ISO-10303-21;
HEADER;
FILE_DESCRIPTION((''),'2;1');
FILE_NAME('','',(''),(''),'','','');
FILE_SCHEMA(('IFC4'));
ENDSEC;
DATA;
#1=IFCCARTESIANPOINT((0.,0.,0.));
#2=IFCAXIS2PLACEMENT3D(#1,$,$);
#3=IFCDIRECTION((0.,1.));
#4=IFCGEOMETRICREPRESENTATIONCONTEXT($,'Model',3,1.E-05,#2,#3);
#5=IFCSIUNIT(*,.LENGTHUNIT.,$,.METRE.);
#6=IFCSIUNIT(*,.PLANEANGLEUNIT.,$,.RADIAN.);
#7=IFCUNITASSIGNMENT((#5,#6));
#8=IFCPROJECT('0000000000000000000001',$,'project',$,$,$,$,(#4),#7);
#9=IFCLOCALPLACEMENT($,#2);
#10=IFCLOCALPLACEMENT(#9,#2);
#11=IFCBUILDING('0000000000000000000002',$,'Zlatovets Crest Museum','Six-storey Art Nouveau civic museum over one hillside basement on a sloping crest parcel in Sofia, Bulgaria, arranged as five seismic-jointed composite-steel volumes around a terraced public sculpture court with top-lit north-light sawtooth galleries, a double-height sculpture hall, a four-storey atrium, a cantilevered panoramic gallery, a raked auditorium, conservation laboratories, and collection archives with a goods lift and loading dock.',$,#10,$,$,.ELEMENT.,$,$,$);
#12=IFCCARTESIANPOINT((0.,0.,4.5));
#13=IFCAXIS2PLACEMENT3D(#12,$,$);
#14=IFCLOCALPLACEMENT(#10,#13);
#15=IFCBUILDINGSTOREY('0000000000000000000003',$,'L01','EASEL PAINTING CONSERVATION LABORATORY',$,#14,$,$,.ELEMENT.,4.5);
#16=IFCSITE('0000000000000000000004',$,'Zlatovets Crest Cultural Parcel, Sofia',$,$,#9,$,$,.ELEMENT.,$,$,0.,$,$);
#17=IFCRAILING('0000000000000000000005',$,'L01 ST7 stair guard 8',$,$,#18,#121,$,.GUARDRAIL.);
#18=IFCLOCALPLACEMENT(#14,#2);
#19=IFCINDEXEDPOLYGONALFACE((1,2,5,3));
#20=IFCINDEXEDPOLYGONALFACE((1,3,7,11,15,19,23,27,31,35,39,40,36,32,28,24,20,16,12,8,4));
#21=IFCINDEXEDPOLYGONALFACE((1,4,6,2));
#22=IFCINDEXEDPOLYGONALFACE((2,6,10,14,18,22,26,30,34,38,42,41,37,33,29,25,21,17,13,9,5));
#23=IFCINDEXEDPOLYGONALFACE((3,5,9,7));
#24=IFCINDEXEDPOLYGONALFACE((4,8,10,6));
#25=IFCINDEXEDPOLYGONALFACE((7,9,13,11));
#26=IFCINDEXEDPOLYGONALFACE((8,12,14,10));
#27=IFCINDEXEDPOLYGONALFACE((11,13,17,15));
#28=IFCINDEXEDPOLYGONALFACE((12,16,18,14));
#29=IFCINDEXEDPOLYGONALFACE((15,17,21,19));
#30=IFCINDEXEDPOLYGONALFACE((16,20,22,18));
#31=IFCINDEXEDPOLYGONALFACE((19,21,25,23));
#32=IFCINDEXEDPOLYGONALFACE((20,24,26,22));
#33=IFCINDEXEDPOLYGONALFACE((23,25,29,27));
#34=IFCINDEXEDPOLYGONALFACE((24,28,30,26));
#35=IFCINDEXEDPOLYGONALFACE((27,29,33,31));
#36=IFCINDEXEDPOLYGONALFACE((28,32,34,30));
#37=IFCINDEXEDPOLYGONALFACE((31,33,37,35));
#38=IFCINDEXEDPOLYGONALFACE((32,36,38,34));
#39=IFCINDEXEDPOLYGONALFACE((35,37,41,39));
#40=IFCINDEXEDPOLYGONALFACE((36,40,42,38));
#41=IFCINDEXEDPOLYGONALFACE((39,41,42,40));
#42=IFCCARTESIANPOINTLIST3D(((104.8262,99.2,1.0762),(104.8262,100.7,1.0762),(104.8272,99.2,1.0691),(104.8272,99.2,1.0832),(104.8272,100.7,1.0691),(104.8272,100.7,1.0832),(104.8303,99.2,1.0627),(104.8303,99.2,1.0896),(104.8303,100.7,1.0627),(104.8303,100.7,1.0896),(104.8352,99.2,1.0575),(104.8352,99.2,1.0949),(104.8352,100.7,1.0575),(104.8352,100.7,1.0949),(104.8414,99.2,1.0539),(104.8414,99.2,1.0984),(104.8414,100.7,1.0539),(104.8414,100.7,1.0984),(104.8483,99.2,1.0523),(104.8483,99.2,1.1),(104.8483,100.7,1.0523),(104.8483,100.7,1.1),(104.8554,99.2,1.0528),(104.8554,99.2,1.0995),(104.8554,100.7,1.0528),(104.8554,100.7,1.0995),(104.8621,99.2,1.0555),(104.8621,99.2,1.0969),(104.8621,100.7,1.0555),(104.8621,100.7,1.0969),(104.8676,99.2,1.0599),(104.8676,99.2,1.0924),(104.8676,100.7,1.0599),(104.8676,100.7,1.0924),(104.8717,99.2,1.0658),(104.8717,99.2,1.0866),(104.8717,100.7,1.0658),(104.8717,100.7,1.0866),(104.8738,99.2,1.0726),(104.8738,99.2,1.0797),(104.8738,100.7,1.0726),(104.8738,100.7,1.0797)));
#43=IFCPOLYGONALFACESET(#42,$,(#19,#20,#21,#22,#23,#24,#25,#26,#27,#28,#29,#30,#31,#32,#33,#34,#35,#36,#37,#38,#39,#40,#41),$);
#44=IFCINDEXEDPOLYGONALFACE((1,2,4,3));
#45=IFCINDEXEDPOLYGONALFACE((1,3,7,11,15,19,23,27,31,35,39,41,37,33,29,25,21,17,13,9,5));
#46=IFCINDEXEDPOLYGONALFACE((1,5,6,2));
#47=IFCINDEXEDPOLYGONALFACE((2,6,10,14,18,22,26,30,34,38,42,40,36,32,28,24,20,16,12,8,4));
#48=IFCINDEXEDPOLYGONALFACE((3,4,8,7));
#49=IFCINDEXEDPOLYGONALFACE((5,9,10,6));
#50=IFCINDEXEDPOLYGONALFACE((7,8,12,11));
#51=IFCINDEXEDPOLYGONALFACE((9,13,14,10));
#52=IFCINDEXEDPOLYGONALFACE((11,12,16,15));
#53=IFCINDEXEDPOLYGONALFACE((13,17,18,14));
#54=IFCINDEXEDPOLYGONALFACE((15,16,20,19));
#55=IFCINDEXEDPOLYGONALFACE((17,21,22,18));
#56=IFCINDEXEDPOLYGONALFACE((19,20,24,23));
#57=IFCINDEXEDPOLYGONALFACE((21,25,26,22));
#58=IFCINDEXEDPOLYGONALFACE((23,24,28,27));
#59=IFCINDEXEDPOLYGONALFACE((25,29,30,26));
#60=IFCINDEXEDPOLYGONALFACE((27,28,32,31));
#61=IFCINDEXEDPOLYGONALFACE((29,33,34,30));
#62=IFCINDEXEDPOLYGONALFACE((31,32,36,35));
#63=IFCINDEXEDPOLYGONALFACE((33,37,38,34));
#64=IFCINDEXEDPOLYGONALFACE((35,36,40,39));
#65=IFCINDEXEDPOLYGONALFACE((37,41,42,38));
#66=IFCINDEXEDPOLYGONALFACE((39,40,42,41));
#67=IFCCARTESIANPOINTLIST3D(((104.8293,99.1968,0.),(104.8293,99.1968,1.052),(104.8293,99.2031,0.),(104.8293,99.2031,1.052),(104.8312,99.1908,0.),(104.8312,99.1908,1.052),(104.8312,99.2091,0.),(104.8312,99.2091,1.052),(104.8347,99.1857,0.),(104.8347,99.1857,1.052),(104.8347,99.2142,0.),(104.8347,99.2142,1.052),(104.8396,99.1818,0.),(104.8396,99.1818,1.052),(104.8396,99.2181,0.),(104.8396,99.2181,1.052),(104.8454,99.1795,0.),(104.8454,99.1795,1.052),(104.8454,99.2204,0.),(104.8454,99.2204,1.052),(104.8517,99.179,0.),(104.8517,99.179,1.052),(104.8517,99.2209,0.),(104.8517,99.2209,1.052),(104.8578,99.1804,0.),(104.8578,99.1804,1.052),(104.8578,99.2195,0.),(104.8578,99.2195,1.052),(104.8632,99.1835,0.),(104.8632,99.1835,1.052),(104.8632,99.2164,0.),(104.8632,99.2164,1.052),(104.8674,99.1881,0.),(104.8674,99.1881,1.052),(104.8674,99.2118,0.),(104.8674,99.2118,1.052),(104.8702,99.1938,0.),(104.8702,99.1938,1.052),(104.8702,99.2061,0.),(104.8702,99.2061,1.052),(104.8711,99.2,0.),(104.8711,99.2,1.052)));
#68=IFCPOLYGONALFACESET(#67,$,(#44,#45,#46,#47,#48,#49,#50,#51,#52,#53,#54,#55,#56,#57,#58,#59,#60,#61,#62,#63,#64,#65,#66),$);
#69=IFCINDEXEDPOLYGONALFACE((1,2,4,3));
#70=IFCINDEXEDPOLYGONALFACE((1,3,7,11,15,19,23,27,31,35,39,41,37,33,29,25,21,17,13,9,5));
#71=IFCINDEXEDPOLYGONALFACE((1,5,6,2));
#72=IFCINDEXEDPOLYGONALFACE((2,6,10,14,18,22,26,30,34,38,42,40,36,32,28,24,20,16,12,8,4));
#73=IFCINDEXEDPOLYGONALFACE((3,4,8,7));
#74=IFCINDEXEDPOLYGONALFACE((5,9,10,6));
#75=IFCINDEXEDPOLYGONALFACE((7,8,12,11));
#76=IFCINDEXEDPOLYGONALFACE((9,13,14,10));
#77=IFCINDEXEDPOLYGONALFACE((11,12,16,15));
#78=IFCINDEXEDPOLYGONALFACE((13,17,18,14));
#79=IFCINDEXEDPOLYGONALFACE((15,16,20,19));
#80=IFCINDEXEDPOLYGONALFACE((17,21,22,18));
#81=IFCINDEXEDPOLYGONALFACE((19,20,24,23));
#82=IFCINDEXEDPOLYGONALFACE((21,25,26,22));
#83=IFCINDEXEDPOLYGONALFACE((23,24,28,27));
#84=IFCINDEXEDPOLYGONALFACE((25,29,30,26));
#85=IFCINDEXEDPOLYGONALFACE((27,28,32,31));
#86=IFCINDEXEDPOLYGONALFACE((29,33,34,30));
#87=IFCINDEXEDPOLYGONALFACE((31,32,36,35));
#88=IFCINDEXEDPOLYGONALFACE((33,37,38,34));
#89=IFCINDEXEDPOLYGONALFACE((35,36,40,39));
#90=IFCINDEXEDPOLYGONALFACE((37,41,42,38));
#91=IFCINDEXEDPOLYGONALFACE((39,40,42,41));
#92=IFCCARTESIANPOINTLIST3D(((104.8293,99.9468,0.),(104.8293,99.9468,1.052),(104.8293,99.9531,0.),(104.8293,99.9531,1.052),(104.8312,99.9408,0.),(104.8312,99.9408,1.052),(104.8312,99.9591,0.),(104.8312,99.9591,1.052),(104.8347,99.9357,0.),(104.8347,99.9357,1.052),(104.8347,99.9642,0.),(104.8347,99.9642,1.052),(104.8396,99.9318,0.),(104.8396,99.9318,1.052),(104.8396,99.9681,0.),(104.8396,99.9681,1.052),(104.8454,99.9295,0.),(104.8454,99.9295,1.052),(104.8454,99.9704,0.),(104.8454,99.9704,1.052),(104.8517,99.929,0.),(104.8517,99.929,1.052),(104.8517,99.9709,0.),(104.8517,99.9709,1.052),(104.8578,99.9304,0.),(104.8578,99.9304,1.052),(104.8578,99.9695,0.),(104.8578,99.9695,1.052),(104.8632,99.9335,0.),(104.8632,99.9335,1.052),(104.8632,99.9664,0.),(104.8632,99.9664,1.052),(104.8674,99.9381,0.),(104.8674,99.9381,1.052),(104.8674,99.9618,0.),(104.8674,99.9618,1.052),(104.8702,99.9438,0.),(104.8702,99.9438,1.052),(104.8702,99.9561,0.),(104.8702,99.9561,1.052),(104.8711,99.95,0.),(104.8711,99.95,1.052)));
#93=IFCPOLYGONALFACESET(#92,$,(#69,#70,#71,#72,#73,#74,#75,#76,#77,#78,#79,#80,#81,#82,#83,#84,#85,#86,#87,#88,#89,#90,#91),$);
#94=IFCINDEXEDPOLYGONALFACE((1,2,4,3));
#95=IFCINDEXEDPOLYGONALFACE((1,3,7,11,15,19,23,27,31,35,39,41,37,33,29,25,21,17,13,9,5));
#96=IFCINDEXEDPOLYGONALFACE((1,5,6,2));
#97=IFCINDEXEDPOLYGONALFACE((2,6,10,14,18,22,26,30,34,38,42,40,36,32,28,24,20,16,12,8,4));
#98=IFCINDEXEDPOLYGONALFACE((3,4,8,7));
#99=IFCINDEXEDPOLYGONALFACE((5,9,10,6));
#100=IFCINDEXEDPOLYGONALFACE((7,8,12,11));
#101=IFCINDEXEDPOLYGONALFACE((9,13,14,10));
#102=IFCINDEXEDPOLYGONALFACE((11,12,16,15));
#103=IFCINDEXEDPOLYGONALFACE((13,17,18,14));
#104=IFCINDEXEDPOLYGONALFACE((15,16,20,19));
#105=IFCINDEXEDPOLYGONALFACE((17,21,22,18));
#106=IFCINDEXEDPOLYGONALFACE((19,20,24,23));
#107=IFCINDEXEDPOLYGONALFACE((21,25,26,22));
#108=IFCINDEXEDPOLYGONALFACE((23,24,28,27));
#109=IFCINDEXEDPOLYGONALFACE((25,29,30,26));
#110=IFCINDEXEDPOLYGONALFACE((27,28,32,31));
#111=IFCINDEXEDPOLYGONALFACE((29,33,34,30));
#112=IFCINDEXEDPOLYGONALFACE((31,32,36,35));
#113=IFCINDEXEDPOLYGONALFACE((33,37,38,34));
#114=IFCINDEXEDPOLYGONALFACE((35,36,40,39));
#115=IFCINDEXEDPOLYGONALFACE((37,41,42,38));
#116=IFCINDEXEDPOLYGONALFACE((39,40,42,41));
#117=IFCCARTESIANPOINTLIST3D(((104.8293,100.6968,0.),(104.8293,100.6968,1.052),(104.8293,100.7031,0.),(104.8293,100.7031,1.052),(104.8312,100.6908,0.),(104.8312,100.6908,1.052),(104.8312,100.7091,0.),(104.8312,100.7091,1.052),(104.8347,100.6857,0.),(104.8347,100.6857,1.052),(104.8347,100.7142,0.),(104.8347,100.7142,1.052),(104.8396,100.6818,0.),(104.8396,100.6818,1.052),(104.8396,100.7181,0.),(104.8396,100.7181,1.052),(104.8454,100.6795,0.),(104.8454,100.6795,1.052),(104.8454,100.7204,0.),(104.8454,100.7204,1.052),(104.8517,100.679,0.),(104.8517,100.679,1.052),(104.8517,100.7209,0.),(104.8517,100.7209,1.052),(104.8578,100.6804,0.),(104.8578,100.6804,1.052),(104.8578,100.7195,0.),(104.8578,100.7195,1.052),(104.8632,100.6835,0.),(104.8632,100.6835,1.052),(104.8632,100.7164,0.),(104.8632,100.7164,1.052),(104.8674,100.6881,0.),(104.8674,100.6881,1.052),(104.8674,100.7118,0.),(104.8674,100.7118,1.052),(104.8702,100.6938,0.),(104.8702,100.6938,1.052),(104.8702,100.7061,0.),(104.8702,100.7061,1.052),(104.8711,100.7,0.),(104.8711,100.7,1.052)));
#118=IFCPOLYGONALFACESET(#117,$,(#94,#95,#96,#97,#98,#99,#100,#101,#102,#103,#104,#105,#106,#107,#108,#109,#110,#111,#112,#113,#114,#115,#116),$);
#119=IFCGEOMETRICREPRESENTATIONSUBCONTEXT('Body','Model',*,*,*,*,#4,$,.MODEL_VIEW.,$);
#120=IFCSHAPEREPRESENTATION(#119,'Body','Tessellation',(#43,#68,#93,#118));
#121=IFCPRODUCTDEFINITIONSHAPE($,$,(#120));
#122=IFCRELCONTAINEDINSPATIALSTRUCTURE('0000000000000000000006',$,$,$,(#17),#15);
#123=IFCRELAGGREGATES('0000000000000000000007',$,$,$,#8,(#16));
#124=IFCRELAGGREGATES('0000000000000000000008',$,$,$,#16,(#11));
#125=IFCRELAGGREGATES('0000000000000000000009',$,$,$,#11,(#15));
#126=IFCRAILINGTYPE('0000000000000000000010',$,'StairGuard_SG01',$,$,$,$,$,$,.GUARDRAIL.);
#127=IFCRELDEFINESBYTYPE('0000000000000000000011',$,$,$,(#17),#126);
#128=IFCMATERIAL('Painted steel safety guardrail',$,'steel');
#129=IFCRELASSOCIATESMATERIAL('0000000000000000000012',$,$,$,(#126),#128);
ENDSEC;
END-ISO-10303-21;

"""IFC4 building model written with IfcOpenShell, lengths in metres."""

from ifc_helpers import new_model, si_unit, direction, frame, origin, origin_2d, place, context, subcontext, project, spatial, circle, extrude, material, type_object, element, save


model = new_model("IFC4")

# Units and contexts
model_context = context("Model", 3, precision=1e-05, world=origin(), true_north=direction((0.0, 1.0)))
body_context = subcontext(model_context, "Body", "Model", "MODEL_VIEW")
ifc_project = project(units=[si_unit("LENGTHUNIT", "METRE"), si_unit("PLANEANGLEUNIT", "RADIAN")], contexts=[model_context])

# Site, building, storey
site_placement = place(None, origin())
site = spatial("IfcSite", under=ifc_project, at=site_placement, Name="Zlatovets Crest Cultural Parcel, Sofia", CompositionType="ELEMENT", RefElevation=0.0)
building_placement = place(site_placement, origin())
building = spatial("IfcBuilding", under=site, at=building_placement, Name="Zlatovets Crest Museum", Description="Six-storey Art Nouveau civic museum over one hillside basement on a sloping crest parcel in Sofia, Bulgaria, arranged as five seismic-jointed composite-steel volumes around a terraced public sculpture court with top-lit north-light sawtooth galleries, a double-height sculpture hall, a four-storey atrium, a cantilevered panoramic gallery, a raked auditorium, conservation laboratories, and collection archives with a goods lift and loading dock.", CompositionType="ELEMENT")
storey_placement = place(building_placement, frame((0.0, 0.0, 4.5)))
storey = spatial("IfcBuildingStorey", under=building, at=storey_placement, Name="L01", Description="EASEL PAINTING CONSERVATION LABORATORY", CompositionType="ELEMENT", Elevation=4.5)

# Railing
ifc_material_1 = material(Name="Painted steel safety guardrail", Category="steel")
railing_type = type_object("IfcRailingType", Name="StairGuard_SG01", PredefinedType="GUARDRAIL", material=ifc_material_1)
railing_1_placement = place(storey_placement, frame((104.8501, 99.2, 0.0)))
element("IfcRailing", 1, at=railing_1_placement, inside=storey, type_object=railing_type, Name="L01 ST7 stair guard 8", PredefinedType="GUARDRAIL", context=body_context, shape_type="SweptSolid", body=[
    extrude(circle(Radius=0.0239, at=origin_2d()), frame((0.0, 0.0, 1.0762), z_axis=(0.0, 1.0, 0.0), x_axis=(-1.0, 0.0, 0.0)), (0.0, 0.0, 1.0), 1.5),
    extrude(circle(Radius=0.021, at=origin_2d()), origin(), (0.0, 0.0, 1.0), 1.052),
    extrude(circle(Radius=0.021, at=origin_2d()), frame((0.0, 0.75, 0.0)), (0.0, 0.0, 1.0), 1.052),
    extrude(circle(Radius=0.021, at=origin_2d()), frame((0.0, 1.5, 0.0)), (0.0, 0.0, 1.0), 1.052),
])

save(model, "model.ifc")
